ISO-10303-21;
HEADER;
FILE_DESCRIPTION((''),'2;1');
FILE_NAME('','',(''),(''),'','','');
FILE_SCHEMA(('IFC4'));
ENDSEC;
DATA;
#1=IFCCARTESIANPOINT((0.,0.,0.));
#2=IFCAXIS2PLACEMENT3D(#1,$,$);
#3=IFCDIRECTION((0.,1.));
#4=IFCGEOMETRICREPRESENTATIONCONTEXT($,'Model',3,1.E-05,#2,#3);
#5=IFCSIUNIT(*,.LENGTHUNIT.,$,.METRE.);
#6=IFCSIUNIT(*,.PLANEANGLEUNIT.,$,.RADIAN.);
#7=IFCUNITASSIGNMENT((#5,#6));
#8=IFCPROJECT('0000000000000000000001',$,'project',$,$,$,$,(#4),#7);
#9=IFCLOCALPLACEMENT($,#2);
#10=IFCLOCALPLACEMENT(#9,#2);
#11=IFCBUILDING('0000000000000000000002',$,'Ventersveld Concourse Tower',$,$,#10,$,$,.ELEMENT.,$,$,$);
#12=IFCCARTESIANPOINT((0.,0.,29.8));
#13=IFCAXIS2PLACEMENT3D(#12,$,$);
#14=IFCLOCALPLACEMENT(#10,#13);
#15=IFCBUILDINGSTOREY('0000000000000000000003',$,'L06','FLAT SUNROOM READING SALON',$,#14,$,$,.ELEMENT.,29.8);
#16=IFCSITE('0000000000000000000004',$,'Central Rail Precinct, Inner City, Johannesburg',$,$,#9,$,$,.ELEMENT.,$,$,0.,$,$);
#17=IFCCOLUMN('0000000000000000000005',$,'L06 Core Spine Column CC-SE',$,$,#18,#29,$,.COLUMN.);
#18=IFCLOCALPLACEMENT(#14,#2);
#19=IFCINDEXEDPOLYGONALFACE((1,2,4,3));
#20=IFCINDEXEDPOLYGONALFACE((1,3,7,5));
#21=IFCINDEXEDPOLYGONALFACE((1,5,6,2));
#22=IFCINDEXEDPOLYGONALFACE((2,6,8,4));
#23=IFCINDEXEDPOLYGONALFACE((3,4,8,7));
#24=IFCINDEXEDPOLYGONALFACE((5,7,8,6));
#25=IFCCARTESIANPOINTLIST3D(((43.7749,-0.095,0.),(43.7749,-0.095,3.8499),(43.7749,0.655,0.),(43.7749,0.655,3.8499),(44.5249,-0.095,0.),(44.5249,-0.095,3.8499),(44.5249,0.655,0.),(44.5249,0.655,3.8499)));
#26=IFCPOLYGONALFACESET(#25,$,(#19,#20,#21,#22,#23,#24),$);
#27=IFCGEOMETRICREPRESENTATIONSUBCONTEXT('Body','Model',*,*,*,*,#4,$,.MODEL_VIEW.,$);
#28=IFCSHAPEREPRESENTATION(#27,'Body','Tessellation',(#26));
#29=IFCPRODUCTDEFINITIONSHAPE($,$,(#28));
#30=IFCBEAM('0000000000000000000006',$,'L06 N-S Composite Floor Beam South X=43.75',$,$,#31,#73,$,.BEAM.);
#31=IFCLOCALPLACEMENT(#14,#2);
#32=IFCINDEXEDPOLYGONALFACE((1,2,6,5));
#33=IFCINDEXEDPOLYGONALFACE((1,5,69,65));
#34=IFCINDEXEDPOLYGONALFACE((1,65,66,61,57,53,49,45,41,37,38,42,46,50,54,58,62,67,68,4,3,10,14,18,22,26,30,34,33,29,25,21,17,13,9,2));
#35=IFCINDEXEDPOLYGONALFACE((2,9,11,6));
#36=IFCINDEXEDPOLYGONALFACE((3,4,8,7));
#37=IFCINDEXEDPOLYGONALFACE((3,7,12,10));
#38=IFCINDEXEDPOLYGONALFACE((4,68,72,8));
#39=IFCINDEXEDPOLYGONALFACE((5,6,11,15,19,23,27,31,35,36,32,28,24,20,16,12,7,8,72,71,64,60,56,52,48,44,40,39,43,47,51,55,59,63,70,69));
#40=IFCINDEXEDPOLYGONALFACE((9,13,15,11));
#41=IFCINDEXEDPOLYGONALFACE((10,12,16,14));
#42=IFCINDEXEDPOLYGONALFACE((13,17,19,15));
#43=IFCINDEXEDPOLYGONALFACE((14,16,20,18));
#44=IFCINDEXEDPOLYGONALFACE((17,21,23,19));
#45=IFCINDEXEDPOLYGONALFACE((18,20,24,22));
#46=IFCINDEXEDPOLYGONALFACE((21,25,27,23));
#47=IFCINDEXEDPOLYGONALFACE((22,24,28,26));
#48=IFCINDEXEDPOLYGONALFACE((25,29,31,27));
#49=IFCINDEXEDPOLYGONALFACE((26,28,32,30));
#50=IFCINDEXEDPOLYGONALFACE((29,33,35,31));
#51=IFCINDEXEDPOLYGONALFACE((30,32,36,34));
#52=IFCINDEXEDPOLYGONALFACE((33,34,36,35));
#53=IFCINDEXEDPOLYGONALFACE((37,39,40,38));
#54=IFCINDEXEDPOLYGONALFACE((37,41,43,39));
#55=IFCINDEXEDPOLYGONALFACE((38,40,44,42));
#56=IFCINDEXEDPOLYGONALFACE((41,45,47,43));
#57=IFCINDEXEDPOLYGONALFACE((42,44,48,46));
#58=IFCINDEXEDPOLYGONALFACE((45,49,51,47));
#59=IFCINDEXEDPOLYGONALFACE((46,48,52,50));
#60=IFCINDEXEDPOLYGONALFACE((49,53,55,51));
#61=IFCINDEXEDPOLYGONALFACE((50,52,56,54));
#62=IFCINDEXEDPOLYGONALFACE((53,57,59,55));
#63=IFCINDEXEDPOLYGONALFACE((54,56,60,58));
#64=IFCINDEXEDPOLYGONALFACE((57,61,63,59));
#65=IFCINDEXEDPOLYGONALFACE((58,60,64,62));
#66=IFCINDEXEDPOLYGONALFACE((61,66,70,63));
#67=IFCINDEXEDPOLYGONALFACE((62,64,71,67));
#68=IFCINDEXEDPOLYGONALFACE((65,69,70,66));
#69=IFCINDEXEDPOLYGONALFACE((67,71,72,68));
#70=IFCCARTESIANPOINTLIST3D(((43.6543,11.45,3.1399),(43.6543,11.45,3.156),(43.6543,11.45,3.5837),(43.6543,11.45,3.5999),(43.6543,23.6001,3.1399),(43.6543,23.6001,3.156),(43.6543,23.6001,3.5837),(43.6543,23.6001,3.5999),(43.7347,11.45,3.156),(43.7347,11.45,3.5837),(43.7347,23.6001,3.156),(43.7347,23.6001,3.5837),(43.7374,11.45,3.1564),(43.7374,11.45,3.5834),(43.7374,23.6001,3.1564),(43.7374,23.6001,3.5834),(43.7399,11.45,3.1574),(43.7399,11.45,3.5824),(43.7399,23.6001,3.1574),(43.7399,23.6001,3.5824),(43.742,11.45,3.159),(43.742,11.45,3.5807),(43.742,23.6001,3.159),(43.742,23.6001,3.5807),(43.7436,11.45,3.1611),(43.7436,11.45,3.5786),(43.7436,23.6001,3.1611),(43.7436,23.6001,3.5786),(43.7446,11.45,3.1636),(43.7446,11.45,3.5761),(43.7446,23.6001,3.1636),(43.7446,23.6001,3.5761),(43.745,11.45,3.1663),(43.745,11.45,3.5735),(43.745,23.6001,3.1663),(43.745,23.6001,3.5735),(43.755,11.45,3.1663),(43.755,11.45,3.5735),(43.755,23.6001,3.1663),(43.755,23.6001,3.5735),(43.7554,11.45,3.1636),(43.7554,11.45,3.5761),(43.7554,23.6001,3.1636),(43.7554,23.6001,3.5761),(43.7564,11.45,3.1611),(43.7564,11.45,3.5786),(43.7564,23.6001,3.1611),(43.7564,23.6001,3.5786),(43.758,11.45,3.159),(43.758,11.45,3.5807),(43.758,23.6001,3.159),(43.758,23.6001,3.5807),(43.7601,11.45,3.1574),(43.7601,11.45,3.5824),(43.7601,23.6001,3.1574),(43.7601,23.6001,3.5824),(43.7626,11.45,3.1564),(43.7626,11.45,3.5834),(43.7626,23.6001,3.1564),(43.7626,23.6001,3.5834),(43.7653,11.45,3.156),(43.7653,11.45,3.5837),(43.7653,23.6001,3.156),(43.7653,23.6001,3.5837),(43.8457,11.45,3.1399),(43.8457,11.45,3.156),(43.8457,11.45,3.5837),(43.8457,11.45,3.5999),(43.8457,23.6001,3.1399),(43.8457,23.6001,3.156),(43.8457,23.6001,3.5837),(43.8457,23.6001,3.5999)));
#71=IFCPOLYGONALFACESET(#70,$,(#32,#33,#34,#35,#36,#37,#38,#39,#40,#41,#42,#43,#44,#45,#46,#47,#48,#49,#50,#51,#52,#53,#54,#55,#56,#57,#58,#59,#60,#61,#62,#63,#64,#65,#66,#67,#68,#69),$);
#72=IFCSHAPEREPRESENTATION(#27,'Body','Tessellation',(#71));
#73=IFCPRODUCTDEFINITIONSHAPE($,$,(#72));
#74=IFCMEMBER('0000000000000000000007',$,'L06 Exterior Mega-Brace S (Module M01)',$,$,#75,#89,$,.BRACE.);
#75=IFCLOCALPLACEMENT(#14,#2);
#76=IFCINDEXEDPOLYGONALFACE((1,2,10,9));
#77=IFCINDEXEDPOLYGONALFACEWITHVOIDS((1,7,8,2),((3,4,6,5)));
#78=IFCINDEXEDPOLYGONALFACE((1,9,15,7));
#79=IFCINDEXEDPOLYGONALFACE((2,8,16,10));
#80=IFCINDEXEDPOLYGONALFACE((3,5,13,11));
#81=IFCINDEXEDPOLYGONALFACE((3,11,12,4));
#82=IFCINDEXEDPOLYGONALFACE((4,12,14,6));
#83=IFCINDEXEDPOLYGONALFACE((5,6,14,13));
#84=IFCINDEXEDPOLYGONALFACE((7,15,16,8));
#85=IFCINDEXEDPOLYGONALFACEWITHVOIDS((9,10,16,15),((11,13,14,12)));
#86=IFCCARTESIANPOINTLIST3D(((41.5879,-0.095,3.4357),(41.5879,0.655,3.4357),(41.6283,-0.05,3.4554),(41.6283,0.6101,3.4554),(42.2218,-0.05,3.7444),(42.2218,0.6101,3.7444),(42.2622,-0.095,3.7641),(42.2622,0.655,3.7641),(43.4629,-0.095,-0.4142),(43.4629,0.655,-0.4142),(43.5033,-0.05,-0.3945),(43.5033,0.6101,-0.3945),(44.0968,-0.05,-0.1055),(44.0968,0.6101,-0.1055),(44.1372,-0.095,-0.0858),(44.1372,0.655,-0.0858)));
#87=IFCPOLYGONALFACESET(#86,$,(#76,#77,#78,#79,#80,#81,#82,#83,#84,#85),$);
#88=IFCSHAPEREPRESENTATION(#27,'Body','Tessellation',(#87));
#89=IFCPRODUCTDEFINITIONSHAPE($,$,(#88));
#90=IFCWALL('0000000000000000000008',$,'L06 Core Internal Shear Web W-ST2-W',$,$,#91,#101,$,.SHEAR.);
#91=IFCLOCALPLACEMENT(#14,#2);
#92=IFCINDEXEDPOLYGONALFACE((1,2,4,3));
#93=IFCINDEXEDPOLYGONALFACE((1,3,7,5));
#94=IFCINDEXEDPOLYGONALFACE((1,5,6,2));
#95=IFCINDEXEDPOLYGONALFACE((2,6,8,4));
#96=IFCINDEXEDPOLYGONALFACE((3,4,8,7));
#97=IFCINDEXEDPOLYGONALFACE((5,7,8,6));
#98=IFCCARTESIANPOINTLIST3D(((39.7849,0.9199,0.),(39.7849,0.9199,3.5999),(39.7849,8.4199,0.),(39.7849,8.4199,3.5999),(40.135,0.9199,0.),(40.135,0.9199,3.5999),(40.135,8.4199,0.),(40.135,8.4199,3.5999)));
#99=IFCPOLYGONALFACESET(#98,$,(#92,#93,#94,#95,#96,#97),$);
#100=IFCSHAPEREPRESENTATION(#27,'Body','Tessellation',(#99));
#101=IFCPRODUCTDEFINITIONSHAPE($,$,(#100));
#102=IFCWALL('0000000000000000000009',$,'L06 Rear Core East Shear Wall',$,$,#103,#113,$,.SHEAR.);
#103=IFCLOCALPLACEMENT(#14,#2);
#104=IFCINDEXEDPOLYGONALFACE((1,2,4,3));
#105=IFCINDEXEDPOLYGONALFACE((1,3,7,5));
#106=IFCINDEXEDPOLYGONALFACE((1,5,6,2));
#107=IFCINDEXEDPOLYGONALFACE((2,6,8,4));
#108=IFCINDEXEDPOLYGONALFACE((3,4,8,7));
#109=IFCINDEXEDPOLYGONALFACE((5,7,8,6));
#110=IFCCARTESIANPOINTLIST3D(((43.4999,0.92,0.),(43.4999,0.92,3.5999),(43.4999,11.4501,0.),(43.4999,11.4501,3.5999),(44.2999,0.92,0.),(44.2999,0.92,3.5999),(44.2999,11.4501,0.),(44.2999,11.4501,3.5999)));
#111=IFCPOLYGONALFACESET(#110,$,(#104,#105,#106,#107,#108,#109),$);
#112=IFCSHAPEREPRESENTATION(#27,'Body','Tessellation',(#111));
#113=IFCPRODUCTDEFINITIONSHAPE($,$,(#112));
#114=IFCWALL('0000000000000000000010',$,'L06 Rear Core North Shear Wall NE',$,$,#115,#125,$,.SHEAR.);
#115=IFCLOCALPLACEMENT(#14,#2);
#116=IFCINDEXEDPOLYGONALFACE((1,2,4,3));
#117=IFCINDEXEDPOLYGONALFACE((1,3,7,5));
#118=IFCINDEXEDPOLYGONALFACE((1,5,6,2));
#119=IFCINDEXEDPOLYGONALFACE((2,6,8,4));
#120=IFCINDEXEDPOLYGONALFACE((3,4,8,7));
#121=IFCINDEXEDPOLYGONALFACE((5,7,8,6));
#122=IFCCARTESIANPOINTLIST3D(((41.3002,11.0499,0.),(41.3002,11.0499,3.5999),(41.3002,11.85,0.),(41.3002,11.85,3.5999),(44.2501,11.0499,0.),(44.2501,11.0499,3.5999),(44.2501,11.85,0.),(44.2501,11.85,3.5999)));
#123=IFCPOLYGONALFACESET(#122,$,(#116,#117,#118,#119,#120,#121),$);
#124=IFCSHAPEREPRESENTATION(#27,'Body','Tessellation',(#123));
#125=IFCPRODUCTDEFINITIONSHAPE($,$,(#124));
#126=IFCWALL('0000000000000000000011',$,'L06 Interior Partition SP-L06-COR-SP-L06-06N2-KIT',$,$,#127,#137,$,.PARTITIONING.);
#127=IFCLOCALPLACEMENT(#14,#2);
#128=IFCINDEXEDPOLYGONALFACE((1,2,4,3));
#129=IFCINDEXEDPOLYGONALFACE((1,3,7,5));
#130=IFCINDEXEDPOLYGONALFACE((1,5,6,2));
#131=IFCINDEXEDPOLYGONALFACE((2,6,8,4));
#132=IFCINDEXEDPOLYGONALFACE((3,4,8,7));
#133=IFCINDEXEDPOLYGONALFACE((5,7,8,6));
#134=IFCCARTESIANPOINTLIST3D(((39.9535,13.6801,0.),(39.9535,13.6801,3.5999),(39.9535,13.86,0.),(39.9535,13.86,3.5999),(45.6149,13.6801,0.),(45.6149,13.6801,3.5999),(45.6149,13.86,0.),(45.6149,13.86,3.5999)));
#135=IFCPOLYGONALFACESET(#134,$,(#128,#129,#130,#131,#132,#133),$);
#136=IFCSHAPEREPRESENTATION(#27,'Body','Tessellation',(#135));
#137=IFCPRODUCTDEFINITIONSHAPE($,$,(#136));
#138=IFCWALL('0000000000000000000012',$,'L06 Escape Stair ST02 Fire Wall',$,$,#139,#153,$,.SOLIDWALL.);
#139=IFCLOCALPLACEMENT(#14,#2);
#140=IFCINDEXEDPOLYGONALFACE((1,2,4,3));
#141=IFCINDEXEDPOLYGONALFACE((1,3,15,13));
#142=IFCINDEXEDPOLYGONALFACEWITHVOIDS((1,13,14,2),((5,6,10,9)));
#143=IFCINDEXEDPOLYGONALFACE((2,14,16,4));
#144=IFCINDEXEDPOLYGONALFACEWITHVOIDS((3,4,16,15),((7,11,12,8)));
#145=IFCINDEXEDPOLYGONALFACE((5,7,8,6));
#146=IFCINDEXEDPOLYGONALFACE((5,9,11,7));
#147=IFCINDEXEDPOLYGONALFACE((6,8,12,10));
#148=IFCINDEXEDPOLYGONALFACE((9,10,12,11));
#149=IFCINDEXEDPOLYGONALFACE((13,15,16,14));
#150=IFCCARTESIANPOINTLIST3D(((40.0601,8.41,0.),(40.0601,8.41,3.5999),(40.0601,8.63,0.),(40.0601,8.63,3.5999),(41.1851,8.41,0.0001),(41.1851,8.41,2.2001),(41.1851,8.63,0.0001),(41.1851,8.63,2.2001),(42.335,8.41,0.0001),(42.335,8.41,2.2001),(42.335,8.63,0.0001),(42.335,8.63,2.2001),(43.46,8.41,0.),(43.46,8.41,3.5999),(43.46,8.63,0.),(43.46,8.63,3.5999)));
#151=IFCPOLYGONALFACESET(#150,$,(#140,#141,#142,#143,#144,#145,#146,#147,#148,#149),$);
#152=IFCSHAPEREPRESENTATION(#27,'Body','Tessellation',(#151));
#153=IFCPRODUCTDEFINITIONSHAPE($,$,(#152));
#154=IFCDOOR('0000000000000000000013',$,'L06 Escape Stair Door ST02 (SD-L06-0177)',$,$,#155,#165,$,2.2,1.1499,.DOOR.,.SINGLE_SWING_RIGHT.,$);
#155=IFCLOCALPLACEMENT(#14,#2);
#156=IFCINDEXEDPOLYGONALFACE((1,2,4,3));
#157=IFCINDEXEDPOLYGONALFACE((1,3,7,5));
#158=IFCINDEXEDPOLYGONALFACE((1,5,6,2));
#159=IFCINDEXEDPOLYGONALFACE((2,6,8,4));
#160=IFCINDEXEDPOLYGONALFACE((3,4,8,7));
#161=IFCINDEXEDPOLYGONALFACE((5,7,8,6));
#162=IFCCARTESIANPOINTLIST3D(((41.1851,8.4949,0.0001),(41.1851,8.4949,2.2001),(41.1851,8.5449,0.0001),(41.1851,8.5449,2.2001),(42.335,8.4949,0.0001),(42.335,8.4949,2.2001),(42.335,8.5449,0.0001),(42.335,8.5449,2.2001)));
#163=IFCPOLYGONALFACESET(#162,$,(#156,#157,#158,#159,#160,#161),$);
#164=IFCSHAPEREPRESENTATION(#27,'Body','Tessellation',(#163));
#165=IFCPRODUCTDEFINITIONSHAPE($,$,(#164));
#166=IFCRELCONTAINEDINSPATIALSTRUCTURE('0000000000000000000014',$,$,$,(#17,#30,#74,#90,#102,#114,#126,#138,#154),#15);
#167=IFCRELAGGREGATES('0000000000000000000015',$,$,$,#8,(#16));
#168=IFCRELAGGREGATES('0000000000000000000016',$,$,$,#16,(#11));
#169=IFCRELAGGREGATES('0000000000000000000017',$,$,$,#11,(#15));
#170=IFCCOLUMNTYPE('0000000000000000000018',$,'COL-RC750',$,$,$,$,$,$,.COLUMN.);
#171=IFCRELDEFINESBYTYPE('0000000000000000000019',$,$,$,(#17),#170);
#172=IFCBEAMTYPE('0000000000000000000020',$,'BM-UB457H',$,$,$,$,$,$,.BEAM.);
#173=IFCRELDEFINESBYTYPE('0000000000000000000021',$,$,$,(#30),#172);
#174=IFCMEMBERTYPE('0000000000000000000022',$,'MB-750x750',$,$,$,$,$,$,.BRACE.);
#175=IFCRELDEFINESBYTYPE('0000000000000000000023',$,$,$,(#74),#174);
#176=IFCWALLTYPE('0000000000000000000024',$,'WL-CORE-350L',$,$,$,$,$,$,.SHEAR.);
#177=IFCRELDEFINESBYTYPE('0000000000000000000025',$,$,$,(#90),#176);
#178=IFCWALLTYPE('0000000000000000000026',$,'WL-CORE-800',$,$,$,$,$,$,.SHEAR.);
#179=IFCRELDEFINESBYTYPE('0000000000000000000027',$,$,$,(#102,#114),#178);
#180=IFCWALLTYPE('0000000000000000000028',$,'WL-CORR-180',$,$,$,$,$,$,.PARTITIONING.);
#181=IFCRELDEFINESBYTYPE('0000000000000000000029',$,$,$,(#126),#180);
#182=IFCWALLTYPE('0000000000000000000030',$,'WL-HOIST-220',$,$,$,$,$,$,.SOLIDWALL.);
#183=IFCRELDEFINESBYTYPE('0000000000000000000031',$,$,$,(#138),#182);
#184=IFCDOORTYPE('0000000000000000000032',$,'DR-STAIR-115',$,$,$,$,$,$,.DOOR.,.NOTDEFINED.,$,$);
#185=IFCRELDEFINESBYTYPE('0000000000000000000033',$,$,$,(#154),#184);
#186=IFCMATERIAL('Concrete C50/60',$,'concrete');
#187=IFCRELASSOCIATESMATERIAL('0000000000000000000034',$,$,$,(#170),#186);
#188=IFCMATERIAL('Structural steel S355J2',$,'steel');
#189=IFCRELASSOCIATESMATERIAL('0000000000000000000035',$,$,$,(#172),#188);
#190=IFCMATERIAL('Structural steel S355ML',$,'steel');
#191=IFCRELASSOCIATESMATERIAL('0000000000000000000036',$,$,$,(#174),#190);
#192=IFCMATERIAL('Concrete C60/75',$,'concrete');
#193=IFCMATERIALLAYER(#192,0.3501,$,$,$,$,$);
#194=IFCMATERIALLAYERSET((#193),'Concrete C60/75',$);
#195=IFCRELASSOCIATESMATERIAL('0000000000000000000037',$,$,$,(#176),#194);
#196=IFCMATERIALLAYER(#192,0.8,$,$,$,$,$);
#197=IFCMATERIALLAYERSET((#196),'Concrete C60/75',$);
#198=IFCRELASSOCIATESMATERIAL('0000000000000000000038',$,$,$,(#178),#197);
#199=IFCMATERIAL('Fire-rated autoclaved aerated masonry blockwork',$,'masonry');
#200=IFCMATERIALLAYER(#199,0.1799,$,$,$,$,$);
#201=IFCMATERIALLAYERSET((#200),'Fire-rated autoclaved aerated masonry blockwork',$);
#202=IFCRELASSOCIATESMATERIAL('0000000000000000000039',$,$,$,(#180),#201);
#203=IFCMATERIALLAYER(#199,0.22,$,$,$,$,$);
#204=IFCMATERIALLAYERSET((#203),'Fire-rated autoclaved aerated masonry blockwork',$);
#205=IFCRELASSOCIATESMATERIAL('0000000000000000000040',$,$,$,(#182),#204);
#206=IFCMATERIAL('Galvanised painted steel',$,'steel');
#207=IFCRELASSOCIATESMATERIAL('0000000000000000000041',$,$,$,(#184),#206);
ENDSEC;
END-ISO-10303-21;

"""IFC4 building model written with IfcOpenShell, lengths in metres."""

from ifc_helpers import new_model, si_unit, direction, frame, frame_2d, origin, origin_2d, place, context, subcontext, project, spatial, rectangle, hollow_rectangle, i_section, extrude, material, layer, layer_set, material_profile, profile_set, type_object, element, fill, save


model = new_model("IFC4")

# Units and contexts
model_context = context("Model", 3, precision=1e-05, world=origin(), true_north=direction((0.0, 1.0)))
body_context = subcontext(model_context, "Body", "Model", "MODEL_VIEW")
ifc_project = project(units=[si_unit("LENGTHUNIT", "METRE"), si_unit("PLANEANGLEUNIT", "RADIAN")], contexts=[model_context])

# Site, building, storey
site_placement = place(None, origin())
site = spatial("IfcSite", under=ifc_project, at=site_placement, Name="Central Rail Precinct, Inner City, Johannesburg", CompositionType="ELEMENT", RefElevation=0.0)
building_placement = place(site_placement, origin())
building = spatial("IfcBuilding", under=site, at=building_placement, Name="Ventersveld Concourse Tower", CompositionType="ELEMENT")
storey_placement = place(building_placement, frame((0.0, 0.0, 29.8)))
storey = spatial("IfcBuildingStorey", under=building, at=storey_placement, Name="L06", Description="FLAT SUNROOM READING SALON", CompositionType="ELEMENT", Elevation=29.8)

# Column
ifc_material_1 = material(Name="Concrete C50/60", Category="concrete")
ifc_material_profile_1 = material_profile(ifc_material_1, rectangle(XDim=0.75, YDim=0.75, at=origin_2d()), Name="RC 750x750")
ifc_profile_set_1 = profile_set([ifc_material_profile_1], Name="Concrete C50/60")
column_type = type_object("IfcColumnType", Name="COL-RC750", PredefinedType="COLUMN", material=ifc_profile_set_1)
column_placement = place(storey_placement, frame((44.1499, 0.28, 0.0), z_axis=(0.0, 0.0, 1.0), x_axis=(1.0, 0.0, 0.0)))
element("IfcColumn", 1, at=column_placement, inside=storey, type_object=column_type, Name="L06 Core Spine Column CC-SE", PredefinedType="COLUMN", context=body_context, shape_type="SweptSolid", body=[
    extrude(rectangle(XDim=0.75, YDim=0.75, at=origin_2d()), origin(), (0.0, 0.0, 1.0), 3.8499),
])

# Beam
ifc_material_2 = material(Name="Structural steel S355J2", Category="steel")
ifc_material_profile_2 = material_profile(ifc_material_2, i_section(OverallWidth=0.1914, OverallDepth=0.46, WebThickness=0.01, FlangeThickness=0.0161, FilletRadius=0.0103, at=origin_2d()), Name="UB 457x191x82")
ifc_profile_set_2 = profile_set([ifc_material_profile_2], Name="Structural steel S355J2")
beam_type = type_object("IfcBeamType", Name="BM-UB457H", PredefinedType="BEAM", material=ifc_profile_set_2)
beam_placement = place(storey_placement, frame((43.75, 11.45, 3.3699), z_axis=(0.0, 1.0, 0.0), x_axis=(-1.0, 0.0, 0.0)))
element("IfcBeam", 2, at=beam_placement, inside=storey, type_object=beam_type, Name="L06 N-S Composite Floor Beam South X=43.75", PredefinedType="BEAM", context=body_context, shape_type="SweptSolid", body=[
    extrude(i_section(OverallWidth=0.1914, OverallDepth=0.46, WebThickness=0.01, FlangeThickness=0.0161, FilletRadius=0.0103, at=origin_2d()), origin(), (0.0, 0.0, 1.0), 12.1501),
])

# Member
ifc_material_3 = material(Name="Structural steel S355ML", Category="steel")
ifc_material_profile_3 = material_profile(ifc_material_3, hollow_rectangle(XDim=0.75, YDim=0.75, WallThickness=0.0449, at=origin_2d()), Name="BOX 750x750x45")
ifc_profile_set_3 = profile_set([ifc_material_profile_3], Name="Structural steel S355ML")
member_type = type_object("IfcMemberType", Name="MB-750x750", PredefinedType="BRACE", material=ifc_profile_set_3)
member_placement = place(storey_placement, frame((43.8, 0.28, -0.25), z_axis=(-0.437862, 0.0, 0.899042), x_axis=(0.0, -1.0, 0.0)))
element("IfcMember", 3, at=member_placement, inside=storey, type_object=member_type, Name="L06 Exterior Mega-Brace S (Module M01)", PredefinedType="BRACE", context=body_context, shape_type="SweptSolid", body=[
    extrude(hollow_rectangle(XDim=0.75, YDim=0.75, WallThickness=0.0449, at=origin_2d()), origin(), (0.0, 0.0, 1.0), 4.2822),
])

# Walls
ifc_material_4 = material(Name="Concrete C60/75", Category="concrete")
ifc_layer_1 = layer(ifc_material_4, 0.3501)
ifc_layer_set_1 = layer_set([ifc_layer_1], Name="Concrete C60/75")
wall_type_1 = type_object("IfcWallType", Name="WL-CORE-350L", PredefinedType="SHEAR", material=ifc_layer_set_1)
wall_1_placement = place(storey_placement, frame((39.96, 0.9199, 0.0), z_axis=(0.0, 0.0, 1.0), x_axis=(0.0, 1.0, 0.0)))
element("IfcWall", 4, at=wall_1_placement, inside=storey, type_object=wall_type_1, Name="L06 Core Internal Shear Web W-ST2-W", PredefinedType="SHEAR", context=body_context, shape_type="SweptSolid", body=[
    extrude(rectangle(XDim=7.5, YDim=0.3501, at=frame_2d((3.75, 0.0))), origin(), (0.0, 0.0, 1.0), 3.5999),
])
ifc_layer_2 = layer(ifc_material_4, 0.8)
ifc_layer_set_2 = layer_set([ifc_layer_2], Name="Concrete C60/75")
wall_type_2 = type_object("IfcWallType", Name="WL-CORE-800", PredefinedType="SHEAR", material=ifc_layer_set_2)
wall_2_placement = place(storey_placement, frame((43.8999, 0.9199, 0.0), z_axis=(0.0, 0.0, 1.0), x_axis=(0.0, 1.0, 0.0)))
element("IfcWall", 5, at=wall_2_placement, inside=storey, type_object=wall_type_2, Name="L06 Rear Core East Shear Wall", PredefinedType="SHEAR", context=body_context, shape_type="SweptSolid", body=[
    extrude(rectangle(XDim=10.53, YDim=0.8, at=frame_2d((5.2651, 0.0))), origin(), (0.0, 0.0, 1.0), 3.5999),
])
wall_3_placement = place(storey_placement, frame((41.3, 11.45, 0.0), z_axis=(0.0, 0.0, 1.0), x_axis=(1.0, 0.0, 0.0)))
element("IfcWall", 6, at=wall_3_placement, inside=storey, type_object=wall_type_2, Name="L06 Rear Core North Shear Wall NE", PredefinedType="SHEAR", context=body_context, shape_type="SweptSolid", body=[
    extrude(rectangle(XDim=2.95, YDim=0.8, at=frame_2d((1.4751, 0.0))), origin(), (0.0, 0.0, 1.0), 3.5999),
])
ifc_material_5 = material(Name="Fire-rated autoclaved aerated masonry blockwork", Category="masonry")
ifc_layer_3 = layer(ifc_material_5, 0.1799)
ifc_layer_set_3 = layer_set([ifc_layer_3], Name="Fire-rated autoclaved aerated masonry blockwork")
wall_type_3 = type_object("IfcWallType", Name="WL-CORR-180", PredefinedType="PARTITIONING", material=ifc_layer_set_3)
wall_4_placement = place(storey_placement, frame((39.9536, 13.77, 0.0), z_axis=(0.0, 0.0, 1.0), x_axis=(1.0, 0.0, 0.0)))
element("IfcWall", 7, at=wall_4_placement, inside=storey, type_object=wall_type_3, Name="L06 Interior Partition SP-L06-COR-SP-L06-06N2-KIT", PredefinedType="PARTITIONING", context=body_context, shape_type="SweptSolid", body=[
    extrude(rectangle(XDim=5.6614, YDim=0.1799, at=frame_2d((2.8306, 0.0))), origin(), (0.0, 0.0, 1.0), 3.5999),
])

# Wall, opening, door
ifc_layer_4 = layer(ifc_material_5, 0.22)
ifc_layer_set_4 = layer_set([ifc_layer_4], Name="Fire-rated autoclaved aerated masonry blockwork")
wall_type_4 = type_object("IfcWallType", Name="WL-HOIST-220", PredefinedType="SOLIDWALL", material=ifc_layer_set_4)
wall_5_placement = place(storey_placement, frame((40.0601, 8.52, 0.0), z_axis=(0.0, 0.0, 1.0), x_axis=(1.0, 0.0, 0.0)))
wall_5 = element("IfcWall", 8, at=wall_5_placement, inside=storey, type_object=wall_type_4, Name="L06 Escape Stair ST02 Fire Wall", PredefinedType="SOLIDWALL", context=body_context, shape_type="SweptSolid", body=[
    extrude(rectangle(XDim=3.3999, YDim=0.22, at=frame_2d((1.7, 0.0))), origin(), (0.0, 0.0, 1.0), 3.5999),
])
opening_1_placement = place(wall_5_placement, frame((1.125, 0.0, 0.0)))
opening_1 = element("IfcOpeningElement", 9, at=opening_1_placement, cuts=wall_5, PredefinedType="OPENING", context=body_context, shape_type="SweptSolid", body=[
    extrude(rectangle(XDim=1.1499, YDim=2.2, at=frame_2d((0.575, 1.1001))), frame((0.0, 0.1201, 0.0), z_axis=(0.0, -1.0, 0.0), x_axis=(1.0, 0.0, 0.0)), (0.0, 0.0, 1.0), 0.24),
])
ifc_material_6 = material(Name="Galvanised painted steel", Category="steel")
door_type_1 = type_object("IfcDoorType", Name="DR-STAIR-115", OperationType="NOTDEFINED", PredefinedType="DOOR", material=ifc_material_6)
door_1_placement = place(opening_1_placement, origin())
door_1 = element("IfcDoor", 10, at=door_1_placement, inside=storey, type_object=door_type_1, Name="L06 Escape Stair Door ST02 (SD-L06-0177)", OperationType="SINGLE_SWING_RIGHT", OverallHeight=2.2, OverallWidth=1.1499, PredefinedType="DOOR", context=body_context, shape_type="SweptSolid", body=[
    extrude(rectangle(XDim=1.1499, YDim=2.2, at=frame_2d((0.575, 1.1001))), frame((0.0, 0.0249, 0.0), z_axis=(0.0, -1.0, 0.0), x_axis=(1.0, 0.0, 0.0)), (0.0, 0.0, 1.0), 0.05),
])
fill(opening_1, door_1)

save(model, "model.ifc")
